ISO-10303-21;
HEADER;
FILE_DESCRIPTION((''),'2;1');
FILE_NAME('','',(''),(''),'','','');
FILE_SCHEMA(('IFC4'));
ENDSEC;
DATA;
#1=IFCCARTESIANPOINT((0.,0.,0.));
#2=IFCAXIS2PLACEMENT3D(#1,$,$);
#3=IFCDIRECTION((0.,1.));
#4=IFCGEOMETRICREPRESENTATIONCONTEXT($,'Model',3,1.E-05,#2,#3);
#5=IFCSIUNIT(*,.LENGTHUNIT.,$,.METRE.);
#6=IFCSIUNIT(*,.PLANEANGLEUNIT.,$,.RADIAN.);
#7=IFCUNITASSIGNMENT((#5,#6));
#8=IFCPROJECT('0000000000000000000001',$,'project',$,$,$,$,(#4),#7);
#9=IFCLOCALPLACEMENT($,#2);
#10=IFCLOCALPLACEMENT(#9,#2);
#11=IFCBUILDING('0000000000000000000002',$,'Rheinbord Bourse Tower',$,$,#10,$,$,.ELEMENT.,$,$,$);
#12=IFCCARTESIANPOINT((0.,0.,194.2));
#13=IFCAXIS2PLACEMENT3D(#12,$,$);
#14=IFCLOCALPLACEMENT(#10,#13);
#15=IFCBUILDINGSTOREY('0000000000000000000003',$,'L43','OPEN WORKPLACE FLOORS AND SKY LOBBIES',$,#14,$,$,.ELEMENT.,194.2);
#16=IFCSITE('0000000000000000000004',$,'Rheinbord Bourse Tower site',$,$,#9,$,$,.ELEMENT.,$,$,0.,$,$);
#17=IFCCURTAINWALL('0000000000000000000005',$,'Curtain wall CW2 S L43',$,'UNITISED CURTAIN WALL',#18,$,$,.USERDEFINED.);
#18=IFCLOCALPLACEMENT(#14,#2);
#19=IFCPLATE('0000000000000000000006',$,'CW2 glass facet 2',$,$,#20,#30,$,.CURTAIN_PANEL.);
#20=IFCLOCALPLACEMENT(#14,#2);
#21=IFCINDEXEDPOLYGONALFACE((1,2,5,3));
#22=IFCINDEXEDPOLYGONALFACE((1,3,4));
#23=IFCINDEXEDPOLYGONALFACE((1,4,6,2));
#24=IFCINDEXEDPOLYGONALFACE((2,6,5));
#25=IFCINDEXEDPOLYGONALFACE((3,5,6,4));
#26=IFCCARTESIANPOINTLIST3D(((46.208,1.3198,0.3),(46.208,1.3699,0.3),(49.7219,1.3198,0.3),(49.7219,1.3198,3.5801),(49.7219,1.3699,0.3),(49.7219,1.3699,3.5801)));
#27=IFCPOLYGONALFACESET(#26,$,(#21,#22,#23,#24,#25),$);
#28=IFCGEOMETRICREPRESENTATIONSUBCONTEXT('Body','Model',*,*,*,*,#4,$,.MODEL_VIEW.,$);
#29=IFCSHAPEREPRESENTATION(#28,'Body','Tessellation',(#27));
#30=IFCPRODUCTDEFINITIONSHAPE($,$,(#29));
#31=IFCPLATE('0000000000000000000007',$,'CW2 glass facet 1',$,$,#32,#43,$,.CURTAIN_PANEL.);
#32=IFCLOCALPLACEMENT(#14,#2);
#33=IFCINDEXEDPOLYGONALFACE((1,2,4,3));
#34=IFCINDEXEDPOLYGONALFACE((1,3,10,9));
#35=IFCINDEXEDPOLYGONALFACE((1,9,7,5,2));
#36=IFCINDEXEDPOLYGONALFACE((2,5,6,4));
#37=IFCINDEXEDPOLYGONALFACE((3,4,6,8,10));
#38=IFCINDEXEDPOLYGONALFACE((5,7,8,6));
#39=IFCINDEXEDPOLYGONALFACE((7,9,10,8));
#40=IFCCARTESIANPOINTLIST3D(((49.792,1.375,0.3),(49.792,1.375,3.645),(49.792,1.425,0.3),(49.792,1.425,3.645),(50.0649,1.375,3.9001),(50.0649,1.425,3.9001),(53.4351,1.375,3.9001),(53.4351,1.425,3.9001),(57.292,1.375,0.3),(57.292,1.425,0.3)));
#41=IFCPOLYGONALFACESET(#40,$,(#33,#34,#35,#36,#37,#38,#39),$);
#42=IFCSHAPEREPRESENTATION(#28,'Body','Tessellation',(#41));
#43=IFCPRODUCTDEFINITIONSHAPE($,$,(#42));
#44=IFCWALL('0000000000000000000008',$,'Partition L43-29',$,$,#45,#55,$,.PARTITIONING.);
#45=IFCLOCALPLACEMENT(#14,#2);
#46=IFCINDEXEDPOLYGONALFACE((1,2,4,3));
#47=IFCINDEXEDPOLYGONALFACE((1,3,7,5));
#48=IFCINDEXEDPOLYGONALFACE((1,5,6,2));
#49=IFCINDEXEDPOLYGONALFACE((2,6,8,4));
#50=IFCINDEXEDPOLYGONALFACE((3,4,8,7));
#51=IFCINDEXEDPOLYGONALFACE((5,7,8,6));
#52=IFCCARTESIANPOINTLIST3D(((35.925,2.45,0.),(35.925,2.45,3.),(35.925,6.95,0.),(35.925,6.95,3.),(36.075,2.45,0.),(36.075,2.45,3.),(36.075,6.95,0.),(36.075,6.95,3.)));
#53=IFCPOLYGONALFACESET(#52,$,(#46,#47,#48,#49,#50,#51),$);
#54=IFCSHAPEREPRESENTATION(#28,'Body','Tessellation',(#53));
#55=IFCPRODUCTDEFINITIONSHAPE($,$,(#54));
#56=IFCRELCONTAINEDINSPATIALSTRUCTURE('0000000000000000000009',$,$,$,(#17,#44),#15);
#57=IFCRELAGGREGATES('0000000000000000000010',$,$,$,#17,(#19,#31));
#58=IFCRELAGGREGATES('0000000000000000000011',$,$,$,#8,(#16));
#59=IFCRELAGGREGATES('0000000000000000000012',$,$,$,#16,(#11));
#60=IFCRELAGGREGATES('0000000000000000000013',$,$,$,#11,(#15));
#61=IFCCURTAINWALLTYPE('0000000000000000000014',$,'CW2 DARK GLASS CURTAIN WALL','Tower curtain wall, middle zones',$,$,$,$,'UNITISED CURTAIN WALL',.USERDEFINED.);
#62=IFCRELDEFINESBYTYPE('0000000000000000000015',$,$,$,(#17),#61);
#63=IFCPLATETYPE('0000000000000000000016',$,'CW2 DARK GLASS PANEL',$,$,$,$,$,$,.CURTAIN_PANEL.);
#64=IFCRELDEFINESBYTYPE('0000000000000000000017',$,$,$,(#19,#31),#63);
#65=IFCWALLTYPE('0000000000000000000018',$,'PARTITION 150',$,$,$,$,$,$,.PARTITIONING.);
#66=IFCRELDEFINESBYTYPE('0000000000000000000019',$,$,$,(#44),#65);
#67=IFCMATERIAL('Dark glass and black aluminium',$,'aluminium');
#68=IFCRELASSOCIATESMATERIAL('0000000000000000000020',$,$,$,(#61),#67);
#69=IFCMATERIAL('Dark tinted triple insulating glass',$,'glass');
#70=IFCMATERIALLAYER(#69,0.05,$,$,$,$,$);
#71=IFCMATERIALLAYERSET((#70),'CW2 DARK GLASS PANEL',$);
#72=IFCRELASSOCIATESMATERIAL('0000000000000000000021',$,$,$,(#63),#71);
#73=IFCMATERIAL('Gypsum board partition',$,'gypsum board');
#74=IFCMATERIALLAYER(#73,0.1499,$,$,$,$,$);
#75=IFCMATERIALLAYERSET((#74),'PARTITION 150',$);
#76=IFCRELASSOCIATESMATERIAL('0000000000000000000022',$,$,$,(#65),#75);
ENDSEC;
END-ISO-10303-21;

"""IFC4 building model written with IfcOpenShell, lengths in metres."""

from ifc_helpers import new_model, si_unit, direction, frame, frame_2d, origin, place, context, subcontext, project, spatial, polyline, rectangle, outline, extrude, material, layer, layer_set, type_object, element, aggregate, save


model = new_model("IFC4")

# Units and contexts
model_context = context("Model", 3, precision=1e-05, world=origin(), true_north=direction((0.0, 1.0)))
body_context = subcontext(model_context, "Body", "Model", "MODEL_VIEW")
ifc_project = project(units=[si_unit("LENGTHUNIT", "METRE"), si_unit("PLANEANGLEUNIT", "RADIAN")], contexts=[model_context])

# Site, building, storey
site_placement = place(None, origin())
site = spatial("IfcSite", under=ifc_project, at=site_placement, Name="Rheinbord Bourse Tower site", CompositionType="ELEMENT", RefElevation=0.0)
building_placement = place(site_placement, origin())
building = spatial("IfcBuilding", under=site, at=building_placement, Name="Rheinbord Bourse Tower", CompositionType="ELEMENT")
storey_placement = place(building_placement, frame((0.0, 0.0, 194.2)))
storey = spatial("IfcBuildingStorey", under=building, at=storey_placement, Name="L43", Description="OPEN WORKPLACE FLOORS AND SKY LOBBIES", CompositionType="ELEMENT", Elevation=194.2)

# Curtain wall
ifc_material_1 = material(Name="Dark glass and black aluminium", Category="aluminium")
curtain_wall_type = type_object("IfcCurtainWallType", Name="CW2 DARK GLASS CURTAIN WALL", Description="Tower curtain wall, middle zones", ElementType="UNITISED CURTAIN WALL", PredefinedType="USERDEFINED", material=ifc_material_1)
curtain_wall_placement = place(storey_placement, origin())
curtain_wall = element("IfcCurtainWall", 1, at=curtain_wall_placement, inside=storey, type_object=curtain_wall_type, Name="Curtain wall CW2 S L43", ObjectType="UNITISED CURTAIN WALL", PredefinedType="USERDEFINED")

# Plates
ifc_material_2 = material(Name="Dark tinted triple insulating glass", Category="glass")
ifc_layer_1 = layer(ifc_material_2, 0.05)
ifc_layer_set_1 = layer_set([ifc_layer_1], Name="CW2 DARK GLASS PANEL")
plate_type = type_object("IfcPlateType", Name="CW2 DARK GLASS PANEL", PredefinedType="CURTAIN_PANEL", material=ifc_layer_set_1)
plate_1_placement = place(storey_placement, frame((49.7219, 1.3198, 0.3), z_axis=(0.0, 1.0, 0.0), x_axis=(-1.0, 0.0, 0.0)))
plate_1 = element("IfcPlate", 2, at=plate_1_placement, type_object=plate_type, Name="CW2 glass facet 2", PredefinedType="CURTAIN_PANEL", context=body_context, shape_type="SweptSolid", body=[
    extrude(outline(polyline([(0.0, 0.0), (3.5139, 0.0), (0.0, 3.28), (0.0, 0.0)])), origin(), (0.0, 0.0, 1.0), 0.05),
])
plate_2_placement = place(storey_placement, frame((49.792, 1.375, 0.3), z_axis=(0.0, 1.0, 0.0), x_axis=(0.0, 0.0, 1.0)))
plate_2 = element("IfcPlate", 3, at=plate_2_placement, type_object=plate_type, Name="CW2 glass facet 1", PredefinedType="CURTAIN_PANEL", context=body_context, shape_type="SweptSolid", body=[
    extrude(outline(polyline([(0.0, 0.0), (3.345, 0.0), (3.6001, 0.2729), (3.6001, 3.6431), (0.0, 7.5), (0.0, 0.0)])), origin(), (0.0, 0.0, 1.0), 0.05),
])
aggregate(curtain_wall, [plate_1, plate_2])

# Wall
ifc_material_3 = material(Name="Gypsum board partition", Category="gypsum board")
ifc_layer_2 = layer(ifc_material_3, 0.1499)
ifc_layer_set_2 = layer_set([ifc_layer_2], Name="PARTITION 150")
wall_type = type_object("IfcWallType", Name="PARTITION 150", PredefinedType="PARTITIONING", material=ifc_layer_set_2)
wall_placement = place(storey_placement, frame((36.0, 2.45, 0.0), z_axis=(0.0, 0.0, 1.0), x_axis=(0.0, 1.0, 0.0)))
element("IfcWall", 4, at=wall_placement, inside=storey, type_object=wall_type, Name="Partition L43-29", PredefinedType="PARTITIONING", context=body_context, shape_type="SweptSolid", body=[
    extrude(rectangle(XDim=4.5, YDim=0.1499, at=frame_2d((2.25, 0.0))), origin(), (0.0, 0.0, 1.0), 3.0),
])

save(model, "model.ifc")
